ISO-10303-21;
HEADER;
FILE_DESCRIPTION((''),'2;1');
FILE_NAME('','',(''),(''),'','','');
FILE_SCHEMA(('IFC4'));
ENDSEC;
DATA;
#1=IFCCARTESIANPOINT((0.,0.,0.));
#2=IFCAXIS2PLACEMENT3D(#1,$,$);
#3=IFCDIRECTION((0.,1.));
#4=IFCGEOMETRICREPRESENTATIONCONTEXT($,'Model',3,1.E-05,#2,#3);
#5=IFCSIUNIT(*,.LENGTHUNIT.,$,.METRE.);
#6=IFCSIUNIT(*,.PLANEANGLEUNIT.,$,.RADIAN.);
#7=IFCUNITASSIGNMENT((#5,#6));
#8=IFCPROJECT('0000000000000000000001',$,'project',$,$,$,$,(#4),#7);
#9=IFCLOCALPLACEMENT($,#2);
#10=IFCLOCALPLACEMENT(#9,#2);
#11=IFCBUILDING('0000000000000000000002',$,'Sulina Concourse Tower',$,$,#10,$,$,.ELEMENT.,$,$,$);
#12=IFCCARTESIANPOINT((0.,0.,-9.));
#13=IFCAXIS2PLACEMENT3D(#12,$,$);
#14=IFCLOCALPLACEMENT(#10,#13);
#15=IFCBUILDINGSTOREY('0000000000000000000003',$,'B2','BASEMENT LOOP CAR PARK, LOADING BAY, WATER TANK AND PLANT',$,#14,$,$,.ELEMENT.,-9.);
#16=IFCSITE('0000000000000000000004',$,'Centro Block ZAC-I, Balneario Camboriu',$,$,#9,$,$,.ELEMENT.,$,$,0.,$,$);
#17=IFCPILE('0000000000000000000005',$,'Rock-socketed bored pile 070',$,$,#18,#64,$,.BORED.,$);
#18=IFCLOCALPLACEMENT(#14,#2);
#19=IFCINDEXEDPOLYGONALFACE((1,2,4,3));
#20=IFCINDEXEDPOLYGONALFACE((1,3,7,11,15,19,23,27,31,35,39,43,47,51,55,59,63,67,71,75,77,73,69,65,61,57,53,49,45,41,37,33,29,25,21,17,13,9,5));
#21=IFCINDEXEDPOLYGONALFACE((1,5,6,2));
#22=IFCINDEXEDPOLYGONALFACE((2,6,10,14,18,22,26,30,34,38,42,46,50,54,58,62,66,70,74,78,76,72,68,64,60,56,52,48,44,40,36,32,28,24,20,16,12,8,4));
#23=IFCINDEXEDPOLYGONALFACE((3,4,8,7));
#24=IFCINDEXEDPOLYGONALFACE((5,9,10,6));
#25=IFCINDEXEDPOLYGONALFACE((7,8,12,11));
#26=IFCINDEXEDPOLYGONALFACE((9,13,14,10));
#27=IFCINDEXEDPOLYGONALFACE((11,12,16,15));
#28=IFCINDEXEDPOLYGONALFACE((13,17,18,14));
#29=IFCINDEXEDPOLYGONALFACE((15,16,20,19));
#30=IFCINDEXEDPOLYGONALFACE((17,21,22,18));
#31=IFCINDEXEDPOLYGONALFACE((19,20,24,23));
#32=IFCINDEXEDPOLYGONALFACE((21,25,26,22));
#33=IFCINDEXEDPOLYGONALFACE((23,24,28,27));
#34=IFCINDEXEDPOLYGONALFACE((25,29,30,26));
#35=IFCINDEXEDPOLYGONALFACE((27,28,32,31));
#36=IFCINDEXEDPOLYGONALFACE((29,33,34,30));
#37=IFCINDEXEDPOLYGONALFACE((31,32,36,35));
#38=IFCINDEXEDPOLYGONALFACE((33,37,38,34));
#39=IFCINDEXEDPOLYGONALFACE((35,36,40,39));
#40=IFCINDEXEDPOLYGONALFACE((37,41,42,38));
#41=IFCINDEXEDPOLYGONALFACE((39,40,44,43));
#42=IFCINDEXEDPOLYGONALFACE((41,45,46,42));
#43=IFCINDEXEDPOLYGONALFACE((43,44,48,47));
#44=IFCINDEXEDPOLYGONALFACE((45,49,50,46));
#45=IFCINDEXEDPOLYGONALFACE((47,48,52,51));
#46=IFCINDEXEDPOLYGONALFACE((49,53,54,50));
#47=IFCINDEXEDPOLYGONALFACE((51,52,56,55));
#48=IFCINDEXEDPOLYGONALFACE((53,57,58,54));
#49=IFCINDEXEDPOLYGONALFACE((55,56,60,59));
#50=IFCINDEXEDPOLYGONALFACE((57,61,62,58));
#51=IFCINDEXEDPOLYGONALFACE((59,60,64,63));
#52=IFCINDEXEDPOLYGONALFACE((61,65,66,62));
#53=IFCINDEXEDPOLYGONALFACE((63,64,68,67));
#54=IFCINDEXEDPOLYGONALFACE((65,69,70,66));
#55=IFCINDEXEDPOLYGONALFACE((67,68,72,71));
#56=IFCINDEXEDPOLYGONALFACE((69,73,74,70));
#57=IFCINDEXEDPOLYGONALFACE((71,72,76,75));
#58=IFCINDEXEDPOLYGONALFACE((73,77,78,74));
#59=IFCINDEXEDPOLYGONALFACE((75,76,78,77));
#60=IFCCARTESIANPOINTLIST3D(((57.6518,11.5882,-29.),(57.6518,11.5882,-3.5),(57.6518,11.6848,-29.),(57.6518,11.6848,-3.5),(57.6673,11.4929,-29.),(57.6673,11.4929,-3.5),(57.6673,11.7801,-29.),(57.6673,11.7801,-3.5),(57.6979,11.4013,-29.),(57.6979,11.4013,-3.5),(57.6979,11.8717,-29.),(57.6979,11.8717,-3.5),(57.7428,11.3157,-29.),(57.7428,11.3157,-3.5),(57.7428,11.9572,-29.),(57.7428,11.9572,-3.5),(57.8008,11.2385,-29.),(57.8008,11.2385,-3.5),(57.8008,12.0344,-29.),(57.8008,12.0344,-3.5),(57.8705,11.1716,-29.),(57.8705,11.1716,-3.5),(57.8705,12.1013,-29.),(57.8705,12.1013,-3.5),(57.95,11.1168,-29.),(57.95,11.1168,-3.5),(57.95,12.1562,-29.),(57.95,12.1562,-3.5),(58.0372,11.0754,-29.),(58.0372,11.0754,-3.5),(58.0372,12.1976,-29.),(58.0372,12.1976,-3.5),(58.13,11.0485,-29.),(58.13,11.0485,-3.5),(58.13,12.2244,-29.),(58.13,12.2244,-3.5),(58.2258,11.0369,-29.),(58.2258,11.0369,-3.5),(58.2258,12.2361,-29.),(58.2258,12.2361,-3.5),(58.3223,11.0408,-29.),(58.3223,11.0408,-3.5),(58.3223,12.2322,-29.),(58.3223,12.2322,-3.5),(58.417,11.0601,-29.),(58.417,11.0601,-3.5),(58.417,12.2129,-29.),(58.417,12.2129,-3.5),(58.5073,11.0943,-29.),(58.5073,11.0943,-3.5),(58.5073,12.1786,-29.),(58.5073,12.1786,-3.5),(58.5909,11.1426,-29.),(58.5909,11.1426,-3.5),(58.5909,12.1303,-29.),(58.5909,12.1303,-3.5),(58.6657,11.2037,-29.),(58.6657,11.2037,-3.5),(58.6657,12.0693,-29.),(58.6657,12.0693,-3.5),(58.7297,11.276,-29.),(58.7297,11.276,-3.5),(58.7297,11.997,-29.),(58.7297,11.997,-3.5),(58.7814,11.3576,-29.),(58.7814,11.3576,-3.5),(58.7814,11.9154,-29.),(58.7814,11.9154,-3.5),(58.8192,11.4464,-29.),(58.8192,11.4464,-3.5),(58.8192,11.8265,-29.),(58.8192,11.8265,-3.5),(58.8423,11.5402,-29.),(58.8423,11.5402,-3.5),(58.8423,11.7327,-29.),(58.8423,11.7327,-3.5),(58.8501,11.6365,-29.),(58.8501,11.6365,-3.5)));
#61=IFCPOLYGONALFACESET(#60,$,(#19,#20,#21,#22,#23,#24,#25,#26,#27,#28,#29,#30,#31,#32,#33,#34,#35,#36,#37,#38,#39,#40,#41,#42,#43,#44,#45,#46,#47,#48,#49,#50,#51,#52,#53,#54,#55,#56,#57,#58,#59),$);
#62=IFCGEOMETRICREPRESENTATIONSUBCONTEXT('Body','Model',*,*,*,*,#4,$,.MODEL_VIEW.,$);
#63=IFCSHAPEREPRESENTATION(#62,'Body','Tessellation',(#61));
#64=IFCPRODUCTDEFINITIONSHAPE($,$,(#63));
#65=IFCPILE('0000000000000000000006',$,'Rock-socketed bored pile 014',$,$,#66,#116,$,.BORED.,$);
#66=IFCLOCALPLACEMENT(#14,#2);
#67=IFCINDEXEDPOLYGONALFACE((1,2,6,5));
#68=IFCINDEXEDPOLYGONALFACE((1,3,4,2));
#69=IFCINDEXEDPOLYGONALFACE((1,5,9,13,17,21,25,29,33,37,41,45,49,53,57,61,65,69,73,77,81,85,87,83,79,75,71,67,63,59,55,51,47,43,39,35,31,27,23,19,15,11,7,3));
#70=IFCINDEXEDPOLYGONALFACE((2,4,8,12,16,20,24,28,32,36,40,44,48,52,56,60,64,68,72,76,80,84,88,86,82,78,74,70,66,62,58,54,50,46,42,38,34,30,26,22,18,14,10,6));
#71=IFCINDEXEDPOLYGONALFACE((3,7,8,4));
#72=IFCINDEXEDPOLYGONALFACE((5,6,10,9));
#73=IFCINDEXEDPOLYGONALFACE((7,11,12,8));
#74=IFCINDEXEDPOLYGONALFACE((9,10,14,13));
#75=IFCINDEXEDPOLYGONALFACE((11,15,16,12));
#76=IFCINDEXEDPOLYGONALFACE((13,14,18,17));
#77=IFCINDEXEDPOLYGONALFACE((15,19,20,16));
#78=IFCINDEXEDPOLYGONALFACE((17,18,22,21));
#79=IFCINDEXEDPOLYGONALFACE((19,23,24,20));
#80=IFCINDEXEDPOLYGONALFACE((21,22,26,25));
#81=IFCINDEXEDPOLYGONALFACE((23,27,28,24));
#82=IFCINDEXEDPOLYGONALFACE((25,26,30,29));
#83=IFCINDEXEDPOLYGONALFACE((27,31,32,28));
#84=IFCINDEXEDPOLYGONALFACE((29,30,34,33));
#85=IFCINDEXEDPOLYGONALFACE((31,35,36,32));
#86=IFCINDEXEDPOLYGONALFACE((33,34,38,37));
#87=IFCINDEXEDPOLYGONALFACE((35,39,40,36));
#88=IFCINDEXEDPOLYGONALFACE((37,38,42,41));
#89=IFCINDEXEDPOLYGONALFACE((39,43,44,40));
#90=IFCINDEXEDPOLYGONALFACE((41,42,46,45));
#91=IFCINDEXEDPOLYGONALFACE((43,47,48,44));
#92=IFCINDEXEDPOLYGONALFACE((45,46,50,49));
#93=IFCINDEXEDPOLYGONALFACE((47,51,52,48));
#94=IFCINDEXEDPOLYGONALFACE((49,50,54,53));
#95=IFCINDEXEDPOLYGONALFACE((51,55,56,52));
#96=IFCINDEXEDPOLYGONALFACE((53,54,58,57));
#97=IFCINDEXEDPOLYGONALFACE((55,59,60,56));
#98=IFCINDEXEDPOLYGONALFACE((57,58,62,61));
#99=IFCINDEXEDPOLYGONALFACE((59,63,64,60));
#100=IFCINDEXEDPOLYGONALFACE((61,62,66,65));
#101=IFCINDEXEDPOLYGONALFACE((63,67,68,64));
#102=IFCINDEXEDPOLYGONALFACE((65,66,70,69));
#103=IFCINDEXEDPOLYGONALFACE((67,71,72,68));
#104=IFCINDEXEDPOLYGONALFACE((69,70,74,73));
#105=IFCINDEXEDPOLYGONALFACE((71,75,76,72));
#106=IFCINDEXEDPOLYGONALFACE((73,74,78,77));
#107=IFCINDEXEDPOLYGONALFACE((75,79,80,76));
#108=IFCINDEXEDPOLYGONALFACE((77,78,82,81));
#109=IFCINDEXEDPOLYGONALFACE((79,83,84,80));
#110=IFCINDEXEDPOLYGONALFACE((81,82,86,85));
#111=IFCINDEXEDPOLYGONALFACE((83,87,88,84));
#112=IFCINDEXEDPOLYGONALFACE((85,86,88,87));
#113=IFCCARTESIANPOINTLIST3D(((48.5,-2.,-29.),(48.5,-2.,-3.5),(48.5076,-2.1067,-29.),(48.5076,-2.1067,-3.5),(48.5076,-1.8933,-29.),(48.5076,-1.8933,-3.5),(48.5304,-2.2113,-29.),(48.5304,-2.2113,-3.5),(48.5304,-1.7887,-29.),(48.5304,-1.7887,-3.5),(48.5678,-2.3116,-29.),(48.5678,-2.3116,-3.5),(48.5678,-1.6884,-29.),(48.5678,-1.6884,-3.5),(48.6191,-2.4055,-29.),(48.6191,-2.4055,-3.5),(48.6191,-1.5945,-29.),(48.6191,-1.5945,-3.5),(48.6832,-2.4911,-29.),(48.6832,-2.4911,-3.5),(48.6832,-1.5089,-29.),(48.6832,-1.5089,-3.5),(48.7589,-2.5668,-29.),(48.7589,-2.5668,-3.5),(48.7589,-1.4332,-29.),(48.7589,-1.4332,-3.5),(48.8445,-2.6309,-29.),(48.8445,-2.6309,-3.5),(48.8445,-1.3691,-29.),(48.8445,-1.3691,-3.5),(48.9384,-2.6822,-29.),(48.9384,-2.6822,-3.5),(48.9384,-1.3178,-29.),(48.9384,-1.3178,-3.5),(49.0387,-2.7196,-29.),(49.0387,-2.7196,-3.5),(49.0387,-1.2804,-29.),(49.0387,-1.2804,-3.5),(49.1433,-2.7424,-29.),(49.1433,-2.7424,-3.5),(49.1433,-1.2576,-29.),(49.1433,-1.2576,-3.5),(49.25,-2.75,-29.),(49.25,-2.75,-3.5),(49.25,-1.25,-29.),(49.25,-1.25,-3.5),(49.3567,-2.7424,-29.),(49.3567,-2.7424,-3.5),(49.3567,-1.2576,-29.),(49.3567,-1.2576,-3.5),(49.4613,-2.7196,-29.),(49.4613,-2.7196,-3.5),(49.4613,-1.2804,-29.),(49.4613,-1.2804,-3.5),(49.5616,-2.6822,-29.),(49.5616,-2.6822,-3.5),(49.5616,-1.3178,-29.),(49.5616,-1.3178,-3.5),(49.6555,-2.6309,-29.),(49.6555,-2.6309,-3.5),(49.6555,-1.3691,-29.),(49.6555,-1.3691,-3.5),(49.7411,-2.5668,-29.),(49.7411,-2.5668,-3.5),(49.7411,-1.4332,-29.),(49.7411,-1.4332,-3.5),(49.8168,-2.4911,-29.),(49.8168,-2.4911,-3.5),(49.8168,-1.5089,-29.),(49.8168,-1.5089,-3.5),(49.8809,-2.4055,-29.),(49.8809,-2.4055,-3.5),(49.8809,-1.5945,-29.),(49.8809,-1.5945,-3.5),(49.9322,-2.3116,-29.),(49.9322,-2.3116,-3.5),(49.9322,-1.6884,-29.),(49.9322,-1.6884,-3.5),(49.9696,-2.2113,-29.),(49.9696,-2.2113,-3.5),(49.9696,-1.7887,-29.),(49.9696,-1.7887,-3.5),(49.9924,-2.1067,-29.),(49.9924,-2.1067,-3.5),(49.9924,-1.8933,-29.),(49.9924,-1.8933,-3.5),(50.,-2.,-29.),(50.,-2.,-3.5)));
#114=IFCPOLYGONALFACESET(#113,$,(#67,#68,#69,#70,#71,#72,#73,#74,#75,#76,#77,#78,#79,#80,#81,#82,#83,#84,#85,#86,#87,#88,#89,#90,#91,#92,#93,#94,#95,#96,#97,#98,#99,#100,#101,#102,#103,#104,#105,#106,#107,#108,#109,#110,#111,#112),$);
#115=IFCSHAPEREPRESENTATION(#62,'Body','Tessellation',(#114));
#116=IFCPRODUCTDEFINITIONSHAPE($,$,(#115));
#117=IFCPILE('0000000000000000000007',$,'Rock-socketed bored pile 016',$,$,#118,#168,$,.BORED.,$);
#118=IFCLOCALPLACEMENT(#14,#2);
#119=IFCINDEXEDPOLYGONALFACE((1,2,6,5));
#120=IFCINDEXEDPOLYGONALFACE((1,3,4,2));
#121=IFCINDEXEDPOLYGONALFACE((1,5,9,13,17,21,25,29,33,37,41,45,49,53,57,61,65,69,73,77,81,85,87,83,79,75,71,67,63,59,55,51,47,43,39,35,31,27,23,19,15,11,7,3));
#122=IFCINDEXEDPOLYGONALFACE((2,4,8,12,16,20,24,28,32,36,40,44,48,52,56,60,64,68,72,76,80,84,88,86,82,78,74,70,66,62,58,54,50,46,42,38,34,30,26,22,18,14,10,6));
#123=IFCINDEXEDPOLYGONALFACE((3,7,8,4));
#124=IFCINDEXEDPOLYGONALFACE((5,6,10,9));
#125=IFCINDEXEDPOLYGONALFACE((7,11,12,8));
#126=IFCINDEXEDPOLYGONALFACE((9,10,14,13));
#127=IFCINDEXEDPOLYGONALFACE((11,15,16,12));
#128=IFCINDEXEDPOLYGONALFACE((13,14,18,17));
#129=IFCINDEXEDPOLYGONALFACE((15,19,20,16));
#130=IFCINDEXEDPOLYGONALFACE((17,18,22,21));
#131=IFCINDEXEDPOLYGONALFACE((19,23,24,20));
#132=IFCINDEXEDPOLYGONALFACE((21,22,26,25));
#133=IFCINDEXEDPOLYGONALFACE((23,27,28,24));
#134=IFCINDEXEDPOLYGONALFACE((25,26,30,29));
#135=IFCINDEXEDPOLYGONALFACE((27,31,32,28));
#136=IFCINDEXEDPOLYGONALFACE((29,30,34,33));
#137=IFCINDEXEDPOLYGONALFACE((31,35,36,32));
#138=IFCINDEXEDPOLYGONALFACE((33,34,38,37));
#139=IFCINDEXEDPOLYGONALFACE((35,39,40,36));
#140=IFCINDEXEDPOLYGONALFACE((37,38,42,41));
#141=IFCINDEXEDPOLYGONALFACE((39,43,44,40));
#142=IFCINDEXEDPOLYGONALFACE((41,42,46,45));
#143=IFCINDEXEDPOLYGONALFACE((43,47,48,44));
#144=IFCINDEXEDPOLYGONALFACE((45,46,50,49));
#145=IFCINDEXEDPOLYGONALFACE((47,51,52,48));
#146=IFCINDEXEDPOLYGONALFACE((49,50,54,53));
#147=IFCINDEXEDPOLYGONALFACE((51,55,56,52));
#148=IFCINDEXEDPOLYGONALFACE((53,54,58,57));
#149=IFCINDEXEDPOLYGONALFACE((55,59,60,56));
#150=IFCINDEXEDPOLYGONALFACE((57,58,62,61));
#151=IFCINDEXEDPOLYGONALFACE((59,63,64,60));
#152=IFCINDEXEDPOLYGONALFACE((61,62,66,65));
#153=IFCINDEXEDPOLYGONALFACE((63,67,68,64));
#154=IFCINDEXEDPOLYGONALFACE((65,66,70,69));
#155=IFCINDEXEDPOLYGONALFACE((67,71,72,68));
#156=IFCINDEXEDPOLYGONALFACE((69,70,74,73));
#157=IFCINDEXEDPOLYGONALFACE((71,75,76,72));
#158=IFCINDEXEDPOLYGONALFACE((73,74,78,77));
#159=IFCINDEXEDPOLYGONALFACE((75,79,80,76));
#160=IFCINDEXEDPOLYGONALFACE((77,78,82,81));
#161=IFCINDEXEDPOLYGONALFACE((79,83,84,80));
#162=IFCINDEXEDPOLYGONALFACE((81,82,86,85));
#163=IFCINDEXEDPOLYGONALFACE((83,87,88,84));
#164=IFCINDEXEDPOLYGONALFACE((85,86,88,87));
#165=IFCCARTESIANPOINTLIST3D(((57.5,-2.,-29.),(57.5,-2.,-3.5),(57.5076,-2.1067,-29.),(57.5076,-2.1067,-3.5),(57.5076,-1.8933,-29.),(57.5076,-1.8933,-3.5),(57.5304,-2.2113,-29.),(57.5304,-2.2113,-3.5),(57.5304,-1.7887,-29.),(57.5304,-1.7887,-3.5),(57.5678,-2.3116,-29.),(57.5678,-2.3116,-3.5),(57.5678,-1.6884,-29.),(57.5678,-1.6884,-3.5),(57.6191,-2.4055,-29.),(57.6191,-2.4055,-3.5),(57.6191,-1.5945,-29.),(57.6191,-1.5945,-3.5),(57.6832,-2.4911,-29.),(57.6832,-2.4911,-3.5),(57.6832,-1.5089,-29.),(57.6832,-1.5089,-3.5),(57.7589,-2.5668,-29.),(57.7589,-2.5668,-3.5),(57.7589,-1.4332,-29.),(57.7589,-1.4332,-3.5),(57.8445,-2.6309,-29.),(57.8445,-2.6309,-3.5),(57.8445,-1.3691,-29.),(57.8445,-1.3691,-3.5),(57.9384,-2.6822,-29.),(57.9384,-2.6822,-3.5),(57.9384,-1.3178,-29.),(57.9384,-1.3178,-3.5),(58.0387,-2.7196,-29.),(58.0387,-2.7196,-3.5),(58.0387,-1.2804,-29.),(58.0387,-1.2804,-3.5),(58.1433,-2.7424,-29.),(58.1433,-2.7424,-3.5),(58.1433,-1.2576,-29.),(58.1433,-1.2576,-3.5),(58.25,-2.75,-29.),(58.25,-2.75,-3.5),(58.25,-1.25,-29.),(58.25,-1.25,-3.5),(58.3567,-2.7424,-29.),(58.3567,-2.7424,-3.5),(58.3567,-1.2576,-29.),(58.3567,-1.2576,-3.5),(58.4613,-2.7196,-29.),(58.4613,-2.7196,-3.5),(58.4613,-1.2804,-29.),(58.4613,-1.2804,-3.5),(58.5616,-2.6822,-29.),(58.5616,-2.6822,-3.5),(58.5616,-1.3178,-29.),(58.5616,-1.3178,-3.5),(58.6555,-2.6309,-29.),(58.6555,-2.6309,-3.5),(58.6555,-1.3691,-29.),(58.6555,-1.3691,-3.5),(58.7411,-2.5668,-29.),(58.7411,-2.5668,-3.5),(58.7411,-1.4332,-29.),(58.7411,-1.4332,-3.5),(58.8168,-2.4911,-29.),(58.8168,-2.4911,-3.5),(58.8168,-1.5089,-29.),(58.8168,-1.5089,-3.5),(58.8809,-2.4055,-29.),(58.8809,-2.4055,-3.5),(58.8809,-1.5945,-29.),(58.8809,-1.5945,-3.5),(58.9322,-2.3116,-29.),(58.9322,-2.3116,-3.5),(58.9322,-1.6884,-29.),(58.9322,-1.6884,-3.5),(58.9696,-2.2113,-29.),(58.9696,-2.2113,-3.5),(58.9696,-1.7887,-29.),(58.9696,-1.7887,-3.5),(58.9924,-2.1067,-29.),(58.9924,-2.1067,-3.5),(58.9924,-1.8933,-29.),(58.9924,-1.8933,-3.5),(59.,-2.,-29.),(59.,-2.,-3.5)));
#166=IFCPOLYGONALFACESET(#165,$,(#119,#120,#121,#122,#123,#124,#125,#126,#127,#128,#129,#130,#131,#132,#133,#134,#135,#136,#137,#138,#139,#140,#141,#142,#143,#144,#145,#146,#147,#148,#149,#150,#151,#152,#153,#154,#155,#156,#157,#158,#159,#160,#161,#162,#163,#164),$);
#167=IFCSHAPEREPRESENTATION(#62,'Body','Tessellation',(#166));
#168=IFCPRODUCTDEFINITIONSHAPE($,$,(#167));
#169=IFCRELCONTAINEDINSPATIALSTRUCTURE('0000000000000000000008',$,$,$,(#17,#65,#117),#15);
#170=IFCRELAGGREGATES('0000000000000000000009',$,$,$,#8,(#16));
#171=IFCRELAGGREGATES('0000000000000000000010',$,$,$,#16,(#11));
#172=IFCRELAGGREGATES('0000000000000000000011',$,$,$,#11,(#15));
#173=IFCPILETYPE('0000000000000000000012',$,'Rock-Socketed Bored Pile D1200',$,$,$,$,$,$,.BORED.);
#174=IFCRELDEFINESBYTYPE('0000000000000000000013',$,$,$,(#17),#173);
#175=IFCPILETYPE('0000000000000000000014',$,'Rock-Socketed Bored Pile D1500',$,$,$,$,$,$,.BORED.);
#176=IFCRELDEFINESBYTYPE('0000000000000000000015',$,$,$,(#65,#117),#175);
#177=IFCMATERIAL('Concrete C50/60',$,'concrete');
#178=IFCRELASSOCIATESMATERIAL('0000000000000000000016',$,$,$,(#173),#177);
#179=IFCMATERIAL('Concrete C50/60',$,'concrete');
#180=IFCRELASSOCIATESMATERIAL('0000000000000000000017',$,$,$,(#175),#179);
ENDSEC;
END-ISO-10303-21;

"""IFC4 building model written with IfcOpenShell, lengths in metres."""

from ifc_helpers import new_model, si_unit, direction, frame, origin, origin_2d, place, context, subcontext, project, spatial, circle, extrude, material, material_profile, profile_set, type_object, element, save


model = new_model("IFC4")

# Units and contexts
model_context = context("Model", 3, precision=1e-05, world=origin(), true_north=direction((0.0, 1.0)))
body_context = subcontext(model_context, "Body", "Model", "MODEL_VIEW")
ifc_project = project(units=[si_unit("LENGTHUNIT", "METRE"), si_unit("PLANEANGLEUNIT", "RADIAN")], contexts=[model_context])

# Site, building, storey
site_placement = place(None, origin())
site = spatial("IfcSite", under=ifc_project, at=site_placement, Name="Centro Block ZAC-I, Balneario Camboriu", CompositionType="ELEMENT", RefElevation=0.0)
building_placement = place(site_placement, origin())
building = spatial("IfcBuilding", under=site, at=building_placement, Name="Sulina Concourse Tower", CompositionType="ELEMENT")
storey_placement = place(building_placement, frame((0.0, 0.0, -9.0)))
storey = spatial("IfcBuildingStorey", under=building, at=storey_placement, Name="B2", Description="BASEMENT LOOP CAR PARK, LOADING BAY, WATER TANK AND PLANT", CompositionType="ELEMENT", Elevation=-9.0)

# Piles
ifc_material_1 = material(Name="Concrete C50/60", Category="concrete")
ifc_material_profile_1 = material_profile(ifc_material_1, circle(Radius=0.6001, at=origin_2d()), Name="PILE D1200")
ifc_profile_set_1 = profile_set([ifc_material_profile_1], Name="Concrete C50/60")
pile_type_1 = type_object("IfcPileType", Name="Rock-Socketed Bored Pile D1200", PredefinedType="BORED", material=ifc_profile_set_1)
for number, where, z_axis, x_axis, name in (
    (1, (58.25, 11.6365, -3.5), (0.0, 0.0, -1.0), (1.0, 0.0, 0.0), "Rock-socketed bored pile 070"),
):
    element("IfcPile", number, at=place(storey_placement, frame(where, z_axis=z_axis, x_axis=x_axis)), inside=storey, type_object=pile_type_1, Name=name, PredefinedType="BORED", context=body_context, shape_type="SweptSolid", body=[
        extrude(circle(Radius=0.6001, at=origin_2d()), origin(), (0.0, 0.0, 1.0), 25.5),
    ])
ifc_material_2 = material(Name="Concrete C50/60", Category="concrete")
ifc_material_profile_2 = material_profile(ifc_material_2, circle(Radius=0.75, at=origin_2d()), Name="PILE D1500")
ifc_profile_set_2 = profile_set([ifc_material_profile_2], Name="Concrete C50/60")
pile_type_2 = type_object("IfcPileType", Name="Rock-Socketed Bored Pile D1500", PredefinedType="BORED", material=ifc_profile_set_2)
for number, where, z_axis, x_axis, name in (
    (2, (49.25, -2.0, -3.5), (0.0, 0.0, -1.0), (1.0, 0.0, 0.0), "Rock-socketed bored pile 014"),
    (3, (58.25, -2.0, -3.5), (0.0, 0.0, -1.0), (1.0, 0.0, 0.0), "Rock-socketed bored pile 016"),
):
    element("IfcPile", number, at=place(storey_placement, frame(where, z_axis=z_axis, x_axis=x_axis)), inside=storey, type_object=pile_type_2, Name=name, PredefinedType="BORED", context=body_context, shape_type="SweptSolid", body=[
        extrude(circle(Radius=0.75, at=origin_2d()), origin(), (0.0, 0.0, 1.0), 25.5),
    ])

save(model, "model.ifc")
